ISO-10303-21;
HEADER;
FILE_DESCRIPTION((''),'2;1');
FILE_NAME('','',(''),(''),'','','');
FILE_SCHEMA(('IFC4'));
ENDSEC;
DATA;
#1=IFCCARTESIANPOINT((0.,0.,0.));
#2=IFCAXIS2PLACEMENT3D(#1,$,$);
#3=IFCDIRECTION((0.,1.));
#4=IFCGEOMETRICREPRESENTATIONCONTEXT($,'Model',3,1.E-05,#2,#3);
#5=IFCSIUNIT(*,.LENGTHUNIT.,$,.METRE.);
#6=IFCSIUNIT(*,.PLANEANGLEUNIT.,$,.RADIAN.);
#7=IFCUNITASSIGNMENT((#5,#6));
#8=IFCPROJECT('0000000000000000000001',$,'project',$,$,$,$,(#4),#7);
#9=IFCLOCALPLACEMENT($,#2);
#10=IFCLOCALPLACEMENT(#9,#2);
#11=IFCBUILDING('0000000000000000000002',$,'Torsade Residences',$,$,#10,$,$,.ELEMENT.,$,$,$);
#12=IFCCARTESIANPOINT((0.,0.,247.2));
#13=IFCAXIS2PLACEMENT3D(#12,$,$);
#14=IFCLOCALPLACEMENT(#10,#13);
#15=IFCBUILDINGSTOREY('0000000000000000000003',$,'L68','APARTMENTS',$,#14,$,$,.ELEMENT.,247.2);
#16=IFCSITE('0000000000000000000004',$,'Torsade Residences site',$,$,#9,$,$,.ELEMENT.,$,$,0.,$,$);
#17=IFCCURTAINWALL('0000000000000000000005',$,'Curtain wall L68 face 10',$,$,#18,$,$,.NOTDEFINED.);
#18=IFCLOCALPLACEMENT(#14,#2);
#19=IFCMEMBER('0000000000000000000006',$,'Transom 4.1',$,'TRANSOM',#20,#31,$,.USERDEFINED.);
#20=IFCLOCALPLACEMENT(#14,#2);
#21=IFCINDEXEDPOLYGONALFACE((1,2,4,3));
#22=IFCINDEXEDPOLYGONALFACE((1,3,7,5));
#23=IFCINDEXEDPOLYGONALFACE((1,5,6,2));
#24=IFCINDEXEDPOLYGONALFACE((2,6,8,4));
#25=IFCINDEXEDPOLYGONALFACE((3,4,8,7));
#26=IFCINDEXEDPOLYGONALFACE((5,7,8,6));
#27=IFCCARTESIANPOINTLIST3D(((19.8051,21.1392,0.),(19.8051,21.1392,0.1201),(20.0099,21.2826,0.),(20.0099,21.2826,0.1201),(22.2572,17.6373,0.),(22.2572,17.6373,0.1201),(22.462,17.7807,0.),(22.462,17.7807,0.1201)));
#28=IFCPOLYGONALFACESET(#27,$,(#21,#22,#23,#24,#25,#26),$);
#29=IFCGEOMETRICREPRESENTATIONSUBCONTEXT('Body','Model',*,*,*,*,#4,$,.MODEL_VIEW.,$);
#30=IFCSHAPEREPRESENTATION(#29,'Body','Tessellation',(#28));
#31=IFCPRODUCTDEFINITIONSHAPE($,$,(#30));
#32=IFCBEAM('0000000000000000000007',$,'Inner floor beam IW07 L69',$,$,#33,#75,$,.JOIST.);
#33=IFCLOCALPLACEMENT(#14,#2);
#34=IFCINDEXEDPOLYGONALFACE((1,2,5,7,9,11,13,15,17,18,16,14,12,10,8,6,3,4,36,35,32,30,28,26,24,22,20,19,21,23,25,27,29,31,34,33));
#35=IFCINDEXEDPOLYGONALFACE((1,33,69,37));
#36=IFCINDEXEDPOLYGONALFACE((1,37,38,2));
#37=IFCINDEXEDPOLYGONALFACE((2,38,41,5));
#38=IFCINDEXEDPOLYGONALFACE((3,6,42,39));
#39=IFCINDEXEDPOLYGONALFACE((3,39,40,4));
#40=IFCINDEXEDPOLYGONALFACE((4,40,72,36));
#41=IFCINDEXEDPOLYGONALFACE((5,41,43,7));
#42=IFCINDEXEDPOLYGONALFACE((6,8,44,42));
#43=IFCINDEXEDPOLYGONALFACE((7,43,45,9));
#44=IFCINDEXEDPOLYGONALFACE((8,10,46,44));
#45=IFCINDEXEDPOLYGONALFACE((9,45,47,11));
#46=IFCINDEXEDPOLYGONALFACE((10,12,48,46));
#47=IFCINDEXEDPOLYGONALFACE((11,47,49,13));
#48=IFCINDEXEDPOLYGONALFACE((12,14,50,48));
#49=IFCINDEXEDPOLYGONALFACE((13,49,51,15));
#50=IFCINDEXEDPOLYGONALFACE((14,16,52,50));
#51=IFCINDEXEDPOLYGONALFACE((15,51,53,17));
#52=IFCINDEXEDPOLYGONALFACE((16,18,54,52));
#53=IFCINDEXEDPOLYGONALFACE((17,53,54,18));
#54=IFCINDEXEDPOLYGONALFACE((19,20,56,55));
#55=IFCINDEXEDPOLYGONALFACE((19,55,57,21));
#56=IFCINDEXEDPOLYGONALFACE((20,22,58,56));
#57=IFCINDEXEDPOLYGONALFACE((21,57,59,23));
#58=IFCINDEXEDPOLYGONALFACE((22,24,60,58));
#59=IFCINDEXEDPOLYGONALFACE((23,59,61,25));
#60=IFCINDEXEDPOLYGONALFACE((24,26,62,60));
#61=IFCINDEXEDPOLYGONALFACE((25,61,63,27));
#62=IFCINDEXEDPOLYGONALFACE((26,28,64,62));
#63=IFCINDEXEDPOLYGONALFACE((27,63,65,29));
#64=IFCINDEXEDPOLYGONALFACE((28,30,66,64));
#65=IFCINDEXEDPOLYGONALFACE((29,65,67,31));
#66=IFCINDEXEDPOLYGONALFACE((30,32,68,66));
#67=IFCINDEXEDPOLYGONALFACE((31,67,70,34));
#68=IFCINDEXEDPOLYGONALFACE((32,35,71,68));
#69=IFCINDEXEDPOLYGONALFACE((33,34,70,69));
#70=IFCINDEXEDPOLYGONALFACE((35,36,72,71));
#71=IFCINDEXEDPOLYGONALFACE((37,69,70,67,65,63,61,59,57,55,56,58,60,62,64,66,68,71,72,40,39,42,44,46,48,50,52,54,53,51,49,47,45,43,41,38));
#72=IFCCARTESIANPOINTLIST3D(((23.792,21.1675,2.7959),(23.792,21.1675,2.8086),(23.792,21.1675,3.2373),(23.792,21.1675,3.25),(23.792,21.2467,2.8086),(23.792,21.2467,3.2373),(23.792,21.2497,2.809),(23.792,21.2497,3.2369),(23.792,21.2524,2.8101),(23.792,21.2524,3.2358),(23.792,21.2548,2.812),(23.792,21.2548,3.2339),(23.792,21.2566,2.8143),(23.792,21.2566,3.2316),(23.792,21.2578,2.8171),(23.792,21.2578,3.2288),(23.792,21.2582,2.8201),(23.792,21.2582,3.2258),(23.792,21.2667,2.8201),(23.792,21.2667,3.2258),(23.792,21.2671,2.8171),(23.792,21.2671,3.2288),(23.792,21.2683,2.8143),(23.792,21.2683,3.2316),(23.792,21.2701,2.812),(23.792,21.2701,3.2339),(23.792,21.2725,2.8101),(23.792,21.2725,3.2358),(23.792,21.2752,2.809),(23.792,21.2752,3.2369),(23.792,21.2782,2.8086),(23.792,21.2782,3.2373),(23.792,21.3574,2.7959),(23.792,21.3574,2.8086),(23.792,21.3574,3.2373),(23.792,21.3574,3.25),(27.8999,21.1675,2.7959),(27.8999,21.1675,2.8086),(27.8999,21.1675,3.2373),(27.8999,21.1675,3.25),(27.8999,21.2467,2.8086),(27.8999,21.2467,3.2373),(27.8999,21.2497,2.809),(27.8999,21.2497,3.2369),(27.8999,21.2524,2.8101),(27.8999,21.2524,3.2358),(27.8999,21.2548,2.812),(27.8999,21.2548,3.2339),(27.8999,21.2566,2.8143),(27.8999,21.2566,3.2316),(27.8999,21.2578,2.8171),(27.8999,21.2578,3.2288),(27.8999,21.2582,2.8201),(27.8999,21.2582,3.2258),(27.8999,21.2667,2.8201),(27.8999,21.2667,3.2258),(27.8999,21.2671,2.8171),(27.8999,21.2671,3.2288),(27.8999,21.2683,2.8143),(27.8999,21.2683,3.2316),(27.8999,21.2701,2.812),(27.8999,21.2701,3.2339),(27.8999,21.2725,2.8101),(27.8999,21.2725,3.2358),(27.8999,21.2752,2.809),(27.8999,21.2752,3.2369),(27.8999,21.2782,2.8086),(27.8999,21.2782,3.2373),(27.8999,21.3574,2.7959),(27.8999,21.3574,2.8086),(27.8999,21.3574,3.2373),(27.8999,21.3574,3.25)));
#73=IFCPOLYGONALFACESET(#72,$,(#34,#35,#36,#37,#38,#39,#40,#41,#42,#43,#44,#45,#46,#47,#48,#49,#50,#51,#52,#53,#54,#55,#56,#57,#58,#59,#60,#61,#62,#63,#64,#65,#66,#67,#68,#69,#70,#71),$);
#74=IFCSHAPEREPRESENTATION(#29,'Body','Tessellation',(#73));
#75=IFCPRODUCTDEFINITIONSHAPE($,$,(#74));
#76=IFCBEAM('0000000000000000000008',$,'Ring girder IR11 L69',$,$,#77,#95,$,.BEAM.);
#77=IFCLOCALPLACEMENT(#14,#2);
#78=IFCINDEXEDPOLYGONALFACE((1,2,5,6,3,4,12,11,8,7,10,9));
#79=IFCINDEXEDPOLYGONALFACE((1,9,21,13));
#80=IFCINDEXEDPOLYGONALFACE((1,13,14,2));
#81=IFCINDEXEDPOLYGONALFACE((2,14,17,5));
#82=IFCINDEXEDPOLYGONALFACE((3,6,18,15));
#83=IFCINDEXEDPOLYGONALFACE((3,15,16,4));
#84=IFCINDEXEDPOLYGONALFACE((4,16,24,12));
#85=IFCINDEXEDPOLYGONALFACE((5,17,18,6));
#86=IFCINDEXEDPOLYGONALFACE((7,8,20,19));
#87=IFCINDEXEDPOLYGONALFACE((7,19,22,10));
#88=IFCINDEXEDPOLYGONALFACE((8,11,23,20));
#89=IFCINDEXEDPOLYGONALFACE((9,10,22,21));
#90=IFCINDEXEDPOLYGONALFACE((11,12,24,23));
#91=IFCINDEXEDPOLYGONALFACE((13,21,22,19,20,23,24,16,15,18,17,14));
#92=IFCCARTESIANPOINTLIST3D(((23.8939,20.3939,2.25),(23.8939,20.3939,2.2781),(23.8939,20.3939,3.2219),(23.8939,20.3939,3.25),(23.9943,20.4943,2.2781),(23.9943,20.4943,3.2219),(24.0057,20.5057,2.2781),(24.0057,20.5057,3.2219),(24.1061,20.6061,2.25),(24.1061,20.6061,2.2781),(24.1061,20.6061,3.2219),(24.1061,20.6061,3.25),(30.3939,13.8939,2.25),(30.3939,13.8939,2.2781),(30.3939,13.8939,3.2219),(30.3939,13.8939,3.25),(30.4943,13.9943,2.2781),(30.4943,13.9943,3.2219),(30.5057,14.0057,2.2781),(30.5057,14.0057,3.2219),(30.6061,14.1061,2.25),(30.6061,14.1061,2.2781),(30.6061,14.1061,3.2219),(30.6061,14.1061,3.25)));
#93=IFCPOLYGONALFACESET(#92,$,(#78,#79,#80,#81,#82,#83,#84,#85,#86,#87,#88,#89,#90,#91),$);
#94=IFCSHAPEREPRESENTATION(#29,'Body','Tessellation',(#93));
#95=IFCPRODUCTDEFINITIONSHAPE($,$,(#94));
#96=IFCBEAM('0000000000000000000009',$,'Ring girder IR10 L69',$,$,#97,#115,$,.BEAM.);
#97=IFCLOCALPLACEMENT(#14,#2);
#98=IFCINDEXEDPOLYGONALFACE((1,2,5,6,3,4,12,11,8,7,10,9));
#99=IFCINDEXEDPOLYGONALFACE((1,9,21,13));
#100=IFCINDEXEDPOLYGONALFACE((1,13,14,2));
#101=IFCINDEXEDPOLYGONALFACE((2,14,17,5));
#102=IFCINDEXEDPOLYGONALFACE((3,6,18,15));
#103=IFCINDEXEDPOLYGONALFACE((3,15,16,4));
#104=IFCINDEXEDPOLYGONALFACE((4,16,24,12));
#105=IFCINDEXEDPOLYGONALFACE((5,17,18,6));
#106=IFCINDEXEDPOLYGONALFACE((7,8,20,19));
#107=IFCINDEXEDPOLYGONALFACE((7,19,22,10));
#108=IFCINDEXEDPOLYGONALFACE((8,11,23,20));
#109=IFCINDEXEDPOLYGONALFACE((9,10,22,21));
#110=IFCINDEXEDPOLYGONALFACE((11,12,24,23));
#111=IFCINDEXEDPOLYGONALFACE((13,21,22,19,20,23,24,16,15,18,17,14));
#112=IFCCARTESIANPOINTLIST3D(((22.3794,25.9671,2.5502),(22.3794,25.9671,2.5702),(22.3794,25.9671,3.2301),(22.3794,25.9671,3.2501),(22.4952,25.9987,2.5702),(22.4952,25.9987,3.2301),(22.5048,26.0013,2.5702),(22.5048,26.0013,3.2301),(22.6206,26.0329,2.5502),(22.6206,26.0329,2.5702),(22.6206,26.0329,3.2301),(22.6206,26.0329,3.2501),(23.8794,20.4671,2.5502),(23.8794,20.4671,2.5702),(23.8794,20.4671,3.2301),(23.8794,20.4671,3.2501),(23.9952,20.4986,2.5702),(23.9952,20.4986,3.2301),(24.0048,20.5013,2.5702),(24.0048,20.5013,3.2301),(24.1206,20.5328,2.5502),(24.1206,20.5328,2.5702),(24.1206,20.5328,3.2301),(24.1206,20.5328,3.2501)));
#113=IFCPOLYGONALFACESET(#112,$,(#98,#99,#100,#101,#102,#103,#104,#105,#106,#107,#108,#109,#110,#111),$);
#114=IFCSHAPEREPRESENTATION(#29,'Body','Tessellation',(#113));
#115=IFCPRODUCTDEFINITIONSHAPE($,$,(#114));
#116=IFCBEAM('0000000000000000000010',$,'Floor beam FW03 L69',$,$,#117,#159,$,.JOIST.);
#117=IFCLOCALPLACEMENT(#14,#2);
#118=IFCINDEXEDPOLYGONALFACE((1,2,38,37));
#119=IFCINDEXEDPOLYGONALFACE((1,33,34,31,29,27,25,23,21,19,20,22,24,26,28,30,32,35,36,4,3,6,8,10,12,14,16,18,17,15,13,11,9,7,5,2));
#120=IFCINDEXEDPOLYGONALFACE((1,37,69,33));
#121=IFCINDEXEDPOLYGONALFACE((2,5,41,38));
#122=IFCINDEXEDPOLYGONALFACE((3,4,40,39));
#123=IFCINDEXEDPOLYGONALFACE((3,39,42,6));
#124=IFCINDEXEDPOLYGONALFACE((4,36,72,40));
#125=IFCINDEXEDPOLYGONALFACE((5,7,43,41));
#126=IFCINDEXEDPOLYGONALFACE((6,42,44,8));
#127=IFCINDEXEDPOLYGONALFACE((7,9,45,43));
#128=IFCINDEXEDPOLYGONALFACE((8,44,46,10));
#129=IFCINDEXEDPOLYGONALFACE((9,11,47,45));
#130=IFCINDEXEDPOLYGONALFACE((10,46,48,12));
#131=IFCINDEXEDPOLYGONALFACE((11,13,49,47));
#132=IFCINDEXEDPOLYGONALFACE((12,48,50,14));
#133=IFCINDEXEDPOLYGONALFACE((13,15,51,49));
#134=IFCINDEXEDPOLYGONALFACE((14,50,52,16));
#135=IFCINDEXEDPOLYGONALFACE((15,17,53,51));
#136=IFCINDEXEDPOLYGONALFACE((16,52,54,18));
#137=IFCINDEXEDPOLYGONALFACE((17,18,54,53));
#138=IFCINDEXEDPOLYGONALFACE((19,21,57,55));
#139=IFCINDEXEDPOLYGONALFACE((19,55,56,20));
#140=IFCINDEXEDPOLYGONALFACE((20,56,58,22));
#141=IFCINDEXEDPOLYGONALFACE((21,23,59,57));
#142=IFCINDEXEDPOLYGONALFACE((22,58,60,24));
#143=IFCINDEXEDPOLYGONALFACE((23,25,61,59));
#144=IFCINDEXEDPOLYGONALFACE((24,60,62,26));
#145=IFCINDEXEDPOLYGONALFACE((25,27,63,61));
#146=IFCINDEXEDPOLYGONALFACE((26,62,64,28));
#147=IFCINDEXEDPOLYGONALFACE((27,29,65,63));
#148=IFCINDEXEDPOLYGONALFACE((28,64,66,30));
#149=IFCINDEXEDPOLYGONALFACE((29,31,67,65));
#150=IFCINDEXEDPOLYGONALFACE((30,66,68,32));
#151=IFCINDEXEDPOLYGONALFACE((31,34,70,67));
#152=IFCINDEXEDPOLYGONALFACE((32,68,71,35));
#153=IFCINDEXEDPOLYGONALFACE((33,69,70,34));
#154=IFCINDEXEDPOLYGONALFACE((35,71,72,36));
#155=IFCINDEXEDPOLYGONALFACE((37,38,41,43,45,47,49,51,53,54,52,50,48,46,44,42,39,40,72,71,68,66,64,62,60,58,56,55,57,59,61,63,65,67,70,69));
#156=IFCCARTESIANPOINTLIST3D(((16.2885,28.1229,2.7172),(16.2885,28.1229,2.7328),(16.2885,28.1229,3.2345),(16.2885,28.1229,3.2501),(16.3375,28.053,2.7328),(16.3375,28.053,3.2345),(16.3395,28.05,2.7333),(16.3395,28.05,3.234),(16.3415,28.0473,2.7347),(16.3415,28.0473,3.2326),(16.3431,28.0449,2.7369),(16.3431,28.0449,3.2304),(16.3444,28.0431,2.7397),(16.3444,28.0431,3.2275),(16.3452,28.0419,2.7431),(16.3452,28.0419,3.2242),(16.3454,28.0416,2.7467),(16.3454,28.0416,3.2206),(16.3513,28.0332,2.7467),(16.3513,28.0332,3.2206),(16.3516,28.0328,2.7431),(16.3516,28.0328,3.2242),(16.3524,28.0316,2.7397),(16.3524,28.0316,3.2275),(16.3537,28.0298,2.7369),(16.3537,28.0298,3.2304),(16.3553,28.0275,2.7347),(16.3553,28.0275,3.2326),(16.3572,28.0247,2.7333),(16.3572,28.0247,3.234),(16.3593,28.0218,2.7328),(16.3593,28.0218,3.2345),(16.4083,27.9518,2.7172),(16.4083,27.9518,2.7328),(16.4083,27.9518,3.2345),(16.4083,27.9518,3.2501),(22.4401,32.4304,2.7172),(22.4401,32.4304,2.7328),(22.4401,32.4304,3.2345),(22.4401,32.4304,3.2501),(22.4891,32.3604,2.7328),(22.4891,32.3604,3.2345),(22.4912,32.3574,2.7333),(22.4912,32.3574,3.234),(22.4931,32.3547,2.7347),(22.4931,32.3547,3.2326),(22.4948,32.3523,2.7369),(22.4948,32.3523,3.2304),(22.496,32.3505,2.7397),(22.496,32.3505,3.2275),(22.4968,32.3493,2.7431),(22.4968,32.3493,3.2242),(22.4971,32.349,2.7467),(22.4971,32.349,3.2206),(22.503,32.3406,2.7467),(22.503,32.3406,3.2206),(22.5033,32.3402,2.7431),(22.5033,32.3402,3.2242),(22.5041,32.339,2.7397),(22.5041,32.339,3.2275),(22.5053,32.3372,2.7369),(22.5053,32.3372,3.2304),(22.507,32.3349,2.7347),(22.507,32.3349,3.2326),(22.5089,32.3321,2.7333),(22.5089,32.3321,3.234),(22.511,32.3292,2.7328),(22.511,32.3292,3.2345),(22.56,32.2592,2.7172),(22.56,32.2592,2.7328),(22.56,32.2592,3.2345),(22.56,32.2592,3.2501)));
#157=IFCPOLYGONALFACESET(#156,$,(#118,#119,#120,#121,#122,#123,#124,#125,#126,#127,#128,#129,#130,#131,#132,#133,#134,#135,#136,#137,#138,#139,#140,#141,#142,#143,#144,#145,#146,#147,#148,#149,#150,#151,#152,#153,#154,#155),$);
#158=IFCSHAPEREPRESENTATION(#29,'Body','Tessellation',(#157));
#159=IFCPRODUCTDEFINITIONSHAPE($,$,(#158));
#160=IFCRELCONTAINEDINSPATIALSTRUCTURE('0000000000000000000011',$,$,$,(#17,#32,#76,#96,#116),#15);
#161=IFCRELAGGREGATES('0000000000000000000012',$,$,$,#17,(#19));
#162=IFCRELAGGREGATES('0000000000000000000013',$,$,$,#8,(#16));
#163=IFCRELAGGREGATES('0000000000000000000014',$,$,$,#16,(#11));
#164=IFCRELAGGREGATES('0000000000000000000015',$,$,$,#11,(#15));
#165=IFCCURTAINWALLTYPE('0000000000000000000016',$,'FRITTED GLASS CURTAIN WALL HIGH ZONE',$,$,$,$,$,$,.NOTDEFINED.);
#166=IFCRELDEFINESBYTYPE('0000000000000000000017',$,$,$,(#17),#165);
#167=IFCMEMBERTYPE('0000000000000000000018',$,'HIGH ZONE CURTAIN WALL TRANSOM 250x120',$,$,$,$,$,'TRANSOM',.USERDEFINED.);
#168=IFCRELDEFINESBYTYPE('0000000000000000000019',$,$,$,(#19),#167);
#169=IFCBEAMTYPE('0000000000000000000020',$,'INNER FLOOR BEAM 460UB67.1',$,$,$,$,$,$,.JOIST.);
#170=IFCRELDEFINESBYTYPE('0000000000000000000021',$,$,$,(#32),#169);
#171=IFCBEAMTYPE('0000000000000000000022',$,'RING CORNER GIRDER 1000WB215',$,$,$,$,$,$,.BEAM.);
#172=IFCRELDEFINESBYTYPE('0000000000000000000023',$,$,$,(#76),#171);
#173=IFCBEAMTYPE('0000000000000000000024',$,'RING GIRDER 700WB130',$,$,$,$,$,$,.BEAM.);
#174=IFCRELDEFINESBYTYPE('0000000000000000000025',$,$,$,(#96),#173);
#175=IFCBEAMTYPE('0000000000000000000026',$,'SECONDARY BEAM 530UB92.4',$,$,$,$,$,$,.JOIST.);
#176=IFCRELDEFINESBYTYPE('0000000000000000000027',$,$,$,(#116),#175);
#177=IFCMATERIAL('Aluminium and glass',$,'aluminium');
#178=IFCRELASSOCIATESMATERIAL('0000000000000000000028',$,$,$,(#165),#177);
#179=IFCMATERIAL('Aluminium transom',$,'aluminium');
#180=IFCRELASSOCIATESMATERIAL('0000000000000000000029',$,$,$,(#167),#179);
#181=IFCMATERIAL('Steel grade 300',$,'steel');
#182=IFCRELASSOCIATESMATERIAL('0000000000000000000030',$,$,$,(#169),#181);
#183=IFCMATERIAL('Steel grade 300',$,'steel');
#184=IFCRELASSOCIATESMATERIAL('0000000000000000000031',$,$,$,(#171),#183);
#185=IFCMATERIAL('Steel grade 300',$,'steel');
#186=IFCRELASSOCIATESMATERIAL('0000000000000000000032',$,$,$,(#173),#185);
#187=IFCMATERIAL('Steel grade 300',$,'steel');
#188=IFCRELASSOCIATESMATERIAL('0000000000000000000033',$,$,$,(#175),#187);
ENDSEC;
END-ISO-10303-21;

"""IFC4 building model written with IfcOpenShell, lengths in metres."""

from ifc_helpers import new_model, si_unit, direction, frame, origin, origin_2d, place, context, subcontext, project, spatial, rectangle, i_section, extrude, material, material_profile, profile_set, type_object, element, aggregate, save


model = new_model("IFC4")

# Units and contexts
model_context = context("Model", 3, precision=1e-05, world=origin(), true_north=direction((0.0, 1.0)))
body_context = subcontext(model_context, "Body", "Model", "MODEL_VIEW")
ifc_project = project(units=[si_unit("LENGTHUNIT", "METRE"), si_unit("PLANEANGLEUNIT", "RADIAN")], contexts=[model_context])

# Site, building, storey
site_placement = place(None, origin())
site = spatial("IfcSite", under=ifc_project, at=site_placement, Name="Torsade Residences site", CompositionType="ELEMENT", RefElevation=0.0)
building_placement = place(site_placement, origin())
building = spatial("IfcBuilding", under=site, at=building_placement, Name="Torsade Residences", CompositionType="ELEMENT")
storey_placement = place(building_placement, frame((0.0, 0.0, 247.2)))
storey = spatial("IfcBuildingStorey", under=building, at=storey_placement, Name="L68", Description="APARTMENTS", CompositionType="ELEMENT", Elevation=247.2)

# Curtain wall, member
ifc_material_1 = material(Name="Aluminium and glass", Category="aluminium")
curtain_wall_type = type_object("IfcCurtainWallType", Name="FRITTED GLASS CURTAIN WALL HIGH ZONE", PredefinedType="NOTDEFINED", material=ifc_material_1)
curtain_wall_placement = place(storey_placement, origin())
curtain_wall = element("IfcCurtainWall", 1, at=curtain_wall_placement, inside=storey, type_object=curtain_wall_type, Name="Curtain wall L68 face 10", PredefinedType="NOTDEFINED")
ifc_material_2 = material(Name="Aluminium transom", Category="aluminium")
ifc_material_profile_1 = material_profile(ifc_material_2, rectangle(XDim=0.25, YDim=0.1201, at=origin_2d()), Name="HIGH ZONE CURTAIN WALL TRANSOM 250x120")
ifc_profile_set_1 = profile_set([ifc_material_profile_1], Name="Aluminium transom")
member_type_1 = type_object("IfcMemberType", Name="HIGH ZONE CURTAIN WALL TRANSOM 250x120", ElementType="TRANSOM", PredefinedType="USERDEFINED", material=ifc_profile_set_1)
member_1_placement = place(storey_placement, frame((19.9075, 21.2109, 0.0601), z_axis=(0.573585, -0.819146, 0.0), x_axis=(0.819146, 0.573585, 0.0)))
member_1 = element("IfcMember", 2, at=member_1_placement, type_object=member_type_1, Name="Transom 4.1", ObjectType="TRANSOM", PredefinedType="USERDEFINED", context=body_context, shape_type="SweptSolid", body=[
    extrude(rectangle(XDim=0.25, YDim=0.1201, at=origin_2d()), origin(), (0.0, 0.0, 1.0), 4.2751),
])

# Beams
ifc_material_3 = material(Name="Steel grade 300", Category="steel")
ifc_material_profile_2 = material_profile(ifc_material_3, i_section(OverallWidth=0.1899, OverallDepth=0.4541, WebThickness=0.0085, FlangeThickness=0.0127, FilletRadius=0.0115, at=origin_2d()), Name="460UB67.1")
ifc_profile_set_2 = profile_set([ifc_material_profile_2], Name="Steel grade 300")
beam_type_1 = type_object("IfcBeamType", Name="INNER FLOOR BEAM 460UB67.1", PredefinedType="JOIST", material=ifc_profile_set_2)
beam_1_placement = place(storey_placement, frame((27.8999, 21.2625, 3.0229), z_axis=(-1.0, 0.0, 0.0), x_axis=(0.0, -1.0, 0.0)))
element("IfcBeam", 3, at=beam_1_placement, inside=storey, type_object=beam_type_1, Name="Inner floor beam IW07 L69", PredefinedType="JOIST", context=body_context, shape_type="SweptSolid", body=[
    extrude(i_section(OverallWidth=0.1899, OverallDepth=0.4541, WebThickness=0.0085, FlangeThickness=0.0127, FilletRadius=0.0115, at=origin_2d()), origin(), (0.0, 0.0, 1.0), 4.1079),
])
ifc_material_4 = material(Name="Steel grade 300", Category="steel")
ifc_material_profile_3 = material_profile(ifc_material_4, i_section(OverallWidth=0.3, OverallDepth=1.0, WebThickness=0.0161, FlangeThickness=0.0281, at=origin_2d()), Name="1000WB215")
ifc_profile_set_3 = profile_set([ifc_material_profile_3], Name="Steel grade 300")
beam_type_2 = type_object("IfcBeamType", Name="RING CORNER GIRDER 1000WB215", PredefinedType="BEAM", material=ifc_profile_set_3)
beam_2_placement = place(storey_placement, frame((24.0, 20.5, 2.75), z_axis=(0.707107, -0.707107, 0.0), x_axis=(0.707107, 0.707107, 0.0)))
element("IfcBeam", 4, at=beam_2_placement, inside=storey, type_object=beam_type_2, Name="Ring girder IR11 L69", PredefinedType="BEAM", context=body_context, shape_type="SweptSolid", body=[
    extrude(i_section(OverallWidth=0.3, OverallDepth=1.0, WebThickness=0.0161, FlangeThickness=0.0281, at=origin_2d()), origin(), (0.0, 0.0, 1.0), 9.1924),
])
ifc_material_5 = material(Name="Steel grade 300", Category="steel")
ifc_material_profile_4 = material_profile(ifc_material_5, i_section(OverallWidth=0.25, OverallDepth=0.7, WebThickness=0.01, FlangeThickness=0.02, at=origin_2d()), Name="700WB130")
ifc_profile_set_4 = profile_set([ifc_material_profile_4], Name="Steel grade 300")
beam_type_3 = type_object("IfcBeamType", Name="RING GIRDER 700WB130", PredefinedType="BEAM", material=ifc_profile_set_4)
beam_3_placement = place(storey_placement, frame((22.5, 26.0, 2.9001), z_axis=(0.263117, -0.964764, 0.0), x_axis=(0.964764, 0.263117, 0.0)))
element("IfcBeam", 5, at=beam_3_placement, inside=storey, type_object=beam_type_3, Name="Ring girder IR10 L69", PredefinedType="BEAM", context=body_context, shape_type="SweptSolid", body=[
    extrude(i_section(OverallWidth=0.25, OverallDepth=0.7, WebThickness=0.01, FlangeThickness=0.02, at=origin_2d()), origin(), (0.0, 0.0, 1.0), 5.7009),
])
ifc_material_6 = material(Name="Steel grade 300", Category="steel")
ifc_material_profile_5 = material_profile(ifc_material_6, i_section(OverallWidth=0.209, OverallDepth=0.533, WebThickness=0.0103, FlangeThickness=0.0156, FilletRadius=0.0139, at=origin_2d()), Name="530UB92.4")
ifc_profile_set_5 = profile_set([ifc_material_profile_5], Name="Steel grade 300")
beam_type_4 = type_object("IfcBeamType", Name="SECONDARY BEAM 530UB92.4", PredefinedType="JOIST", material=ifc_profile_set_5)
beam_4_placement = place(storey_placement, frame((16.3484, 28.0374, 2.9836), z_axis=(0.819154, 0.573574, 0.0), x_axis=(-0.573574, 0.819154, 0.0)))
element("IfcBeam", 6, at=beam_4_placement, inside=storey, type_object=beam_type_4, Name="Floor beam FW03 L69", PredefinedType="JOIST", context=body_context, shape_type="SweptSolid", body=[
    extrude(i_section(OverallWidth=0.209, OverallDepth=0.533, WebThickness=0.0103, FlangeThickness=0.0156, FilletRadius=0.0139, at=origin_2d()), origin(), (0.0, 0.0, 1.0), 7.5098),
])

aggregate(curtain_wall, [member_1])

save(model, "model.ifc")
